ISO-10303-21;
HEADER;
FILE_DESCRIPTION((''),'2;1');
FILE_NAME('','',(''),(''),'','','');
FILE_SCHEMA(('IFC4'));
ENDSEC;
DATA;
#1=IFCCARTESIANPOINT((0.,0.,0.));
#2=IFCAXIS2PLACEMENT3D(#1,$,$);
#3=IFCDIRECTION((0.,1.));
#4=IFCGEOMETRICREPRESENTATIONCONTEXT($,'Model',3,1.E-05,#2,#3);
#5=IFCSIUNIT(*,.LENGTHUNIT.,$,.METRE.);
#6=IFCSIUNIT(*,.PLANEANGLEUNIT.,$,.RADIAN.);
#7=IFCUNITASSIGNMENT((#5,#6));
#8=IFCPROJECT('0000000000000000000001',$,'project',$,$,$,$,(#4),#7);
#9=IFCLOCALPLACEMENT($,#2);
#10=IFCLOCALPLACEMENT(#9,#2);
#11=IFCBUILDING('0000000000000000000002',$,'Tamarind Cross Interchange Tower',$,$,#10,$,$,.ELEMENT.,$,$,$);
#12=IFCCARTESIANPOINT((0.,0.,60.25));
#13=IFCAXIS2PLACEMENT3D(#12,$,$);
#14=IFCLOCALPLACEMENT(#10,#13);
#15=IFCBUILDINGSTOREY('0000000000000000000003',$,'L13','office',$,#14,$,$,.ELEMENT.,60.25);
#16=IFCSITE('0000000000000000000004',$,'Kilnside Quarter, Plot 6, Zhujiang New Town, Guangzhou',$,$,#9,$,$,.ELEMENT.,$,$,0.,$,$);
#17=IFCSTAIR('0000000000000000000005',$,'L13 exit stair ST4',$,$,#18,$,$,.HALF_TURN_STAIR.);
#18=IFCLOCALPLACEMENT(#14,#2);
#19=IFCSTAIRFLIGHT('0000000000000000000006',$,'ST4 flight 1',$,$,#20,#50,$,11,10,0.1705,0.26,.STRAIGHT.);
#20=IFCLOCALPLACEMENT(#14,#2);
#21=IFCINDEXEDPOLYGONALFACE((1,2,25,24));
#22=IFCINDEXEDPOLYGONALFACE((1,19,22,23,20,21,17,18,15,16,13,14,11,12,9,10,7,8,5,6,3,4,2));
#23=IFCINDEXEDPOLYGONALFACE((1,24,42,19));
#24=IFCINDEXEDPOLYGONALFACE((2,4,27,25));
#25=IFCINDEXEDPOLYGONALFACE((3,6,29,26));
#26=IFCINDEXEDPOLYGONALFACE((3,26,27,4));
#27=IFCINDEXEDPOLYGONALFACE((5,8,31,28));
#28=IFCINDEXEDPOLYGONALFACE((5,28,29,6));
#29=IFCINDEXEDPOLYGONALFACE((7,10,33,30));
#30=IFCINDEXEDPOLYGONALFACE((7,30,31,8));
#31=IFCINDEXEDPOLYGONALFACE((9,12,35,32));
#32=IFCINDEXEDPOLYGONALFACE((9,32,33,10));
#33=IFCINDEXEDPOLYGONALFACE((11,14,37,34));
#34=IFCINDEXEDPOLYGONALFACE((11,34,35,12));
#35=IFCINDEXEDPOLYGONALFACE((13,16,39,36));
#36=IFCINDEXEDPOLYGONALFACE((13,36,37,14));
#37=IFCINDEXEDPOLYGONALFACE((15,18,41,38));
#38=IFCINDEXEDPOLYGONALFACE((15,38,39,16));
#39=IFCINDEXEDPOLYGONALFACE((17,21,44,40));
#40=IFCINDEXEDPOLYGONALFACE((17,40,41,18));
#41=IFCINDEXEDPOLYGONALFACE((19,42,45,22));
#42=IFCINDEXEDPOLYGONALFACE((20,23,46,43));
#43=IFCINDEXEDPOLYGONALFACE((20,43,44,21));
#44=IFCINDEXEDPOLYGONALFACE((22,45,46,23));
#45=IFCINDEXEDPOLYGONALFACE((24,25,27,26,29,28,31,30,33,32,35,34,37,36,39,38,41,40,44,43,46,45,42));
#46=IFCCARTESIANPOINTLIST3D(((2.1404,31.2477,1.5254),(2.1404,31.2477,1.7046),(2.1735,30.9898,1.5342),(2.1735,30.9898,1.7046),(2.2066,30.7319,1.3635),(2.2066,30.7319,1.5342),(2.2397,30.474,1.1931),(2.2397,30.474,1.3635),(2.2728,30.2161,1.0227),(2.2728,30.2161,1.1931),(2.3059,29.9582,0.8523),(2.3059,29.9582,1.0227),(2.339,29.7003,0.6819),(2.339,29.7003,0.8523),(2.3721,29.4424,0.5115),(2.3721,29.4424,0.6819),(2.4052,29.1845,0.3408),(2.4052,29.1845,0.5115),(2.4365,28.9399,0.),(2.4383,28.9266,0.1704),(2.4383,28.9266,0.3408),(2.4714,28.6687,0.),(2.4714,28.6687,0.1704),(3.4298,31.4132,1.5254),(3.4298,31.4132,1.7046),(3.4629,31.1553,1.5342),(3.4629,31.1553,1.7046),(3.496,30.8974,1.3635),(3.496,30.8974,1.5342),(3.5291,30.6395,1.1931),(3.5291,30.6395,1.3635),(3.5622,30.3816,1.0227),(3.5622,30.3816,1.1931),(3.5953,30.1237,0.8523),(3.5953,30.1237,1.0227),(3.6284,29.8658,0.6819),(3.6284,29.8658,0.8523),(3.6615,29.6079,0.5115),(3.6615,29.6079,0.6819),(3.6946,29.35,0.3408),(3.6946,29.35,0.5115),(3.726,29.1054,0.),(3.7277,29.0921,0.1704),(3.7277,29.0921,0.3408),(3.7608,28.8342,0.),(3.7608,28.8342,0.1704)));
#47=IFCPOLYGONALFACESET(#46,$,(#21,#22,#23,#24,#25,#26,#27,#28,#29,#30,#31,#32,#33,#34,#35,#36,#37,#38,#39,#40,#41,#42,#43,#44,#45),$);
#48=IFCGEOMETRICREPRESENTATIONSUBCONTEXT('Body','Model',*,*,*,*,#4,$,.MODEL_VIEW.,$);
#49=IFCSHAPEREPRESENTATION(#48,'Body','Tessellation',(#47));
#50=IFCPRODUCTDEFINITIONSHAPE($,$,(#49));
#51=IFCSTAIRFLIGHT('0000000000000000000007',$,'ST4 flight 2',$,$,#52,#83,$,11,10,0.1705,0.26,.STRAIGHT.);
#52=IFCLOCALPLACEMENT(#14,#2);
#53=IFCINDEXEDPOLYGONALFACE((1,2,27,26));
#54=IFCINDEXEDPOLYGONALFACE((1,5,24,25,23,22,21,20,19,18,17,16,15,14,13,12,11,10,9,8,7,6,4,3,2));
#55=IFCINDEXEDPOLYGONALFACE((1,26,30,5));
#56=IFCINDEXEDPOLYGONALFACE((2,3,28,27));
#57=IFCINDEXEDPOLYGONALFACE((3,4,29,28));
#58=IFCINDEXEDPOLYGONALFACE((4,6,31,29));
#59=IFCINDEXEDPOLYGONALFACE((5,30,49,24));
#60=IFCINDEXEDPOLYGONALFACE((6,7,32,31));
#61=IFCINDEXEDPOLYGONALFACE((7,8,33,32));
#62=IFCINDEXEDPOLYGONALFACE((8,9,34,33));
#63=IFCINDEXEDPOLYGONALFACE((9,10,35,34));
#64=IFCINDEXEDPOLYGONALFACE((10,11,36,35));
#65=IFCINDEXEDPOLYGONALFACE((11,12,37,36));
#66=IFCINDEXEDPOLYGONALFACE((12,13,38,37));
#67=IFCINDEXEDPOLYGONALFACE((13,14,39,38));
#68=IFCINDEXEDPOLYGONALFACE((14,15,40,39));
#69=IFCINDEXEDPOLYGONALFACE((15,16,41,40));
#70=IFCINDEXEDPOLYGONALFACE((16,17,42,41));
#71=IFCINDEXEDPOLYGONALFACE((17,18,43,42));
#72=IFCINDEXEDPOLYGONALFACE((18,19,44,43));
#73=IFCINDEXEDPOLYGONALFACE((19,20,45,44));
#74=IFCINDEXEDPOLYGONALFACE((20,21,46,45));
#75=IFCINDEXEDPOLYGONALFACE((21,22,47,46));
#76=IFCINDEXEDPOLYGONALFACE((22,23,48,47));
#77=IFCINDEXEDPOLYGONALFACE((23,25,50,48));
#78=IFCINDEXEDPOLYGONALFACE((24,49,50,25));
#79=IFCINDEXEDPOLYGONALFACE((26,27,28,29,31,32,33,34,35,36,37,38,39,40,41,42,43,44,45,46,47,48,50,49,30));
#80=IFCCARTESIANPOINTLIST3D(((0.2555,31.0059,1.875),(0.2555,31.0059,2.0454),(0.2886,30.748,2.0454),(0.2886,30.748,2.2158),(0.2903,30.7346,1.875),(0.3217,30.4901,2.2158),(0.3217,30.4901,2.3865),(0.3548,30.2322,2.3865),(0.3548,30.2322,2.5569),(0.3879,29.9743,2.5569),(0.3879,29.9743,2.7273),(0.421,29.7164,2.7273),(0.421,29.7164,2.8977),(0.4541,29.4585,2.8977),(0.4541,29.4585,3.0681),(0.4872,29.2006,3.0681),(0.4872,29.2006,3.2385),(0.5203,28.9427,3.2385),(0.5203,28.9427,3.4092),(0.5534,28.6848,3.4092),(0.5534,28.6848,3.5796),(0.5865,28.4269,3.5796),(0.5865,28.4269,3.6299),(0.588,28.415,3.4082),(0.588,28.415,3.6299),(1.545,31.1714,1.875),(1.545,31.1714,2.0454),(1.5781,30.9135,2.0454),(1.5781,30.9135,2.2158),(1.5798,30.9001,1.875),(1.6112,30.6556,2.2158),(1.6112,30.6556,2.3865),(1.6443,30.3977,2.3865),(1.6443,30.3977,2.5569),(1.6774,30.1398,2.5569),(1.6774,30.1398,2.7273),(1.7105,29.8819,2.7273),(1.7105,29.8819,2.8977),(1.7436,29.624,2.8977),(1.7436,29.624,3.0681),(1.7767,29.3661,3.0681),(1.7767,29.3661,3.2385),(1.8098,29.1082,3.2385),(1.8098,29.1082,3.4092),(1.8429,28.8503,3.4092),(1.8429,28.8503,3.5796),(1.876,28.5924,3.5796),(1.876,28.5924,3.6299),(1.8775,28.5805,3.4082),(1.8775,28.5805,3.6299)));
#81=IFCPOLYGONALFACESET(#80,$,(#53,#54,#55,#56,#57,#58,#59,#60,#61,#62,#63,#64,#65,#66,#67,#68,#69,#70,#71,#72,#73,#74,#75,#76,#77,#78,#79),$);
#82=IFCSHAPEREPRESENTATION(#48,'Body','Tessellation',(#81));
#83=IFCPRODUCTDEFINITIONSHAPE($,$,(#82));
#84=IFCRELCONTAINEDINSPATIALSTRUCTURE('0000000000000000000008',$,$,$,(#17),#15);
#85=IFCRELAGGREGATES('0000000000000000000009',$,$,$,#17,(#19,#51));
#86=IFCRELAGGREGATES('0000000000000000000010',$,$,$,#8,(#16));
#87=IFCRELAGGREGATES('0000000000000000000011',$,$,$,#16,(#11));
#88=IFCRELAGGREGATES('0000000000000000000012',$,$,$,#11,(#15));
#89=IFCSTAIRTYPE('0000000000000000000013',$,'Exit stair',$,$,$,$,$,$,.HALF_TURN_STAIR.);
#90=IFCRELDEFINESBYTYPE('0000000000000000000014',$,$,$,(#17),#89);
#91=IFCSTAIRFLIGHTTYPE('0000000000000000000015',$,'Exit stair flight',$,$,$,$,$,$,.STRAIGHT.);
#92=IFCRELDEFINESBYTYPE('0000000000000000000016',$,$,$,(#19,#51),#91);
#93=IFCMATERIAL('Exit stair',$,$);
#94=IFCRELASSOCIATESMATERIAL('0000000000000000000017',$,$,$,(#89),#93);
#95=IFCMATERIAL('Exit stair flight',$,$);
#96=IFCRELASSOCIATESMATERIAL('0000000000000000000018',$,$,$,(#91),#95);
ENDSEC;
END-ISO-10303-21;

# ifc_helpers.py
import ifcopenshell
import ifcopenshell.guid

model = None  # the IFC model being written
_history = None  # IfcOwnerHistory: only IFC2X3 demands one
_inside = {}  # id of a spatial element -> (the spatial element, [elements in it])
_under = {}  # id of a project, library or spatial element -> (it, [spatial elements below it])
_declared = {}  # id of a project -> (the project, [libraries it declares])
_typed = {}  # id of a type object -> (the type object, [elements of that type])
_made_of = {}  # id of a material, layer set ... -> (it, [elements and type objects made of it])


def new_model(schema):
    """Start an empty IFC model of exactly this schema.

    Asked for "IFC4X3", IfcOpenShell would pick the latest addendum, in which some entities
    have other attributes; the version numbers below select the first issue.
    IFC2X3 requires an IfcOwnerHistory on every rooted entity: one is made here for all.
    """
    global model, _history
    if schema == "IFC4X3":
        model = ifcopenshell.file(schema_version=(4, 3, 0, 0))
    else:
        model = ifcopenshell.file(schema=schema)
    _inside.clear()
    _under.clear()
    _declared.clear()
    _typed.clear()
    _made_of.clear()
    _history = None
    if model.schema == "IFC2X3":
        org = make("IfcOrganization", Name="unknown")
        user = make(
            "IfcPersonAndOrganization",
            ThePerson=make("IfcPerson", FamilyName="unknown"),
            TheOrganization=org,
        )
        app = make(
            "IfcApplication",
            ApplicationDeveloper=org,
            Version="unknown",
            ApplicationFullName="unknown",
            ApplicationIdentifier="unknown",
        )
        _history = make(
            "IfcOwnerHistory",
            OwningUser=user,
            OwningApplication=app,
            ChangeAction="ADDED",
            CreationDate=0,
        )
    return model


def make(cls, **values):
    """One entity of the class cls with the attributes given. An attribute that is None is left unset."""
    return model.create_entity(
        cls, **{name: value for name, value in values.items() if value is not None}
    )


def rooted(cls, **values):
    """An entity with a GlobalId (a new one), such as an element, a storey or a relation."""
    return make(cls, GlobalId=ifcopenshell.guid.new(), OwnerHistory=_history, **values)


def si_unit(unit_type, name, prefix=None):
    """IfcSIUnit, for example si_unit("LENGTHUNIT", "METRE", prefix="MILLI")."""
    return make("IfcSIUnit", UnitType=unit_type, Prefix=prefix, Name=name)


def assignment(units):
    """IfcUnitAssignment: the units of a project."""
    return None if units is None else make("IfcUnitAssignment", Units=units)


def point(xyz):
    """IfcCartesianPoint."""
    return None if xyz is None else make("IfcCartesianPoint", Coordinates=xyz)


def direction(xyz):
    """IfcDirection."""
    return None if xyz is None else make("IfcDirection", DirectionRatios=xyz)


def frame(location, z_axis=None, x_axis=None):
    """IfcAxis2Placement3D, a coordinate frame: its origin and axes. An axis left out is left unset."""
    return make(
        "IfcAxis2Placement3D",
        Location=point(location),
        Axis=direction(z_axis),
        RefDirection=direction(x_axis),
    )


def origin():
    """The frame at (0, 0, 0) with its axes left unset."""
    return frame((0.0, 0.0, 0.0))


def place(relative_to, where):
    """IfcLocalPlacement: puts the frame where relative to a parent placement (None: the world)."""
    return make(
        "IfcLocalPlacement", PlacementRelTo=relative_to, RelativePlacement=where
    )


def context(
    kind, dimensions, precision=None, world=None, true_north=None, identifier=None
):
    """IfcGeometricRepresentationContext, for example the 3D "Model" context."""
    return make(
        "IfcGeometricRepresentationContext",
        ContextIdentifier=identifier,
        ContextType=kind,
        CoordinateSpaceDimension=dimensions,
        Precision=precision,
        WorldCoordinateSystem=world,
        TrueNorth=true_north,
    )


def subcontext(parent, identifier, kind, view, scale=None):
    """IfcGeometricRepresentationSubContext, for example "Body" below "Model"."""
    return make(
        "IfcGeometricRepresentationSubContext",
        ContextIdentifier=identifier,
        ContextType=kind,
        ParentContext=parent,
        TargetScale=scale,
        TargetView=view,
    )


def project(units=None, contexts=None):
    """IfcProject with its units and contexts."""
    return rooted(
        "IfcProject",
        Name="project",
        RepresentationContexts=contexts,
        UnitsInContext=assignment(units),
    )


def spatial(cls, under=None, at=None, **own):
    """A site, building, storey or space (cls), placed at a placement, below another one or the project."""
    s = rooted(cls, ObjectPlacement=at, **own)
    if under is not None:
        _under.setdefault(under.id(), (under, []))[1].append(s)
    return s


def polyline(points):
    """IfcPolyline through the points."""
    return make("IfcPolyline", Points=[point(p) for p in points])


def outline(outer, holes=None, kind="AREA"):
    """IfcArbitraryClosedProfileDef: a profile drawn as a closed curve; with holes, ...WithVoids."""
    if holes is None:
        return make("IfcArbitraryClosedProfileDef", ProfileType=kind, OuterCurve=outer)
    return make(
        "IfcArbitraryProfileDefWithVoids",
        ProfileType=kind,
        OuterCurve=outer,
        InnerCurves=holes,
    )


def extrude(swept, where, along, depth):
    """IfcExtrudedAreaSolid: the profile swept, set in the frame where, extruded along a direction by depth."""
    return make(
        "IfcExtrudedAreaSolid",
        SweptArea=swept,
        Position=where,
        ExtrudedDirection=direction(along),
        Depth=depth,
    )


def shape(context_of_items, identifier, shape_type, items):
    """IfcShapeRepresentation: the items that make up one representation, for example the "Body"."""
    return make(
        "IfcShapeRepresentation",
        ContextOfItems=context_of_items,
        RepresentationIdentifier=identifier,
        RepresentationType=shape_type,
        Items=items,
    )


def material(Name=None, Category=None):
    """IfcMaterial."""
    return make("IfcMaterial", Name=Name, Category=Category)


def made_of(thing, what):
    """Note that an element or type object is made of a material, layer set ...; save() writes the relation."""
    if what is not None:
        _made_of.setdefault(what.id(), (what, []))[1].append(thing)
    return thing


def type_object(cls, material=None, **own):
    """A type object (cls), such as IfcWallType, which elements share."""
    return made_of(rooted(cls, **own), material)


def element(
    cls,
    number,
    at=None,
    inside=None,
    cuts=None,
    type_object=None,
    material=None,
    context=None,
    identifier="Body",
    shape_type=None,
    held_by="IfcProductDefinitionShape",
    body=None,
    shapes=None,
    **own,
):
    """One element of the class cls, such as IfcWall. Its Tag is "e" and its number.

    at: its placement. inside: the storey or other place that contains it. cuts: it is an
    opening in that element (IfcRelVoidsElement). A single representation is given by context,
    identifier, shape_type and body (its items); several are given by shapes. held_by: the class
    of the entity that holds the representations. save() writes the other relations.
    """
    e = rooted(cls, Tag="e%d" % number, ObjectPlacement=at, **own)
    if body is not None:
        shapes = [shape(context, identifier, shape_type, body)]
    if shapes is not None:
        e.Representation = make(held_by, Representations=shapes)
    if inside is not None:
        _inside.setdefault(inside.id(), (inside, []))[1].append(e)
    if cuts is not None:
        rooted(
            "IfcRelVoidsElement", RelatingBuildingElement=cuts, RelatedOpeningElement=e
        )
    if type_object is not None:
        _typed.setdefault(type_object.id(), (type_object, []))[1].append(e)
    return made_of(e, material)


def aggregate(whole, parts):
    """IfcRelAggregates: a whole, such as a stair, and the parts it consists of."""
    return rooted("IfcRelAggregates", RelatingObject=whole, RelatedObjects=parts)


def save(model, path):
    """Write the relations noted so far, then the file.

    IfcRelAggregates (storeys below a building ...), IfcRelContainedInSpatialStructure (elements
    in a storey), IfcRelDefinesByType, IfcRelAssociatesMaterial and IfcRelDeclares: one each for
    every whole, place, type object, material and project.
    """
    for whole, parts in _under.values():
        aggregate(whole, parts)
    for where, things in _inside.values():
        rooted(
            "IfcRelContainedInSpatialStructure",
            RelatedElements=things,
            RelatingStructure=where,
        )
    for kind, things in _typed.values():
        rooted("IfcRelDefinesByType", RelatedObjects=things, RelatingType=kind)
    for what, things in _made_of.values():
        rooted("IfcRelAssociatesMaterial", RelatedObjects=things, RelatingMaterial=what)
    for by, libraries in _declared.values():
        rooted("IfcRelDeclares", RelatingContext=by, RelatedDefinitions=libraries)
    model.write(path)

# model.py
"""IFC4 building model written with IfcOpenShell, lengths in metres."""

from ifc_helpers import new_model, si_unit, direction, frame, origin, place, context, subcontext, project, spatial, polyline, outline, extrude, material, type_object, element, aggregate, save


model = new_model("IFC4")

# Units and contexts
model_context = context("Model", 3, precision=1e-05, world=origin(), true_north=direction((0.0, 1.0)))
body_context = subcontext(model_context, "Body", "Model", "MODEL_VIEW")
ifc_project = project(units=[si_unit("LENGTHUNIT", "METRE"), si_unit("PLANEANGLEUNIT", "RADIAN")], contexts=[model_context])

# Site, building, storey
site_placement = place(None, origin())
site = spatial("IfcSite", under=ifc_project, at=site_placement, Name="Kilnside Quarter, Plot 6, Zhujiang New Town, Guangzhou", CompositionType="ELEMENT", RefElevation=0.0)
building_placement = place(site_placement, origin())
building = spatial("IfcBuilding", under=site, at=building_placement, Name="Tamarind Cross Interchange Tower", CompositionType="ELEMENT")
storey_placement = place(building_placement, frame((0.0, 0.0, 60.25)))
storey = spatial("IfcBuildingStorey", under=building, at=storey_placement, Name="L13", Description="office", CompositionType="ELEMENT", Elevation=60.25)

# Stair, stair flights
ifc_material_1 = material(Name="Exit stair")
stair_type = type_object("IfcStairType", Name="Exit stair", PredefinedType="HALF_TURN_STAIR", material=ifc_material_1)
stair_placement = place(storey_placement, origin())
stair = element("IfcStair", 1, at=stair_placement, inside=storey, type_object=stair_type, Name="L13 exit stair ST4", PredefinedType="HALF_TURN_STAIR")
ifc_material_2 = material(Name="Exit stair flight")
stair_flight_type = type_object("IfcStairFlightType", Name="Exit stair flight", PredefinedType="STRAIGHT", material=ifc_material_2)
stair_flight_1_placement = place(storey_placement, frame((3.116, 28.7515, 0.0), z_axis=(0.0, 0.0, 1.0), x_axis=(-0.1273, 0.991864, 0.0)))
stair_flight_1 = element("IfcStairFlight", 2, at=stair_flight_1_placement, type_object=stair_flight_type, Name="ST4 flight 1", NumberOfRisers=11, NumberOfTreads=10, PredefinedType="STRAIGHT", RiserHeight=0.1705, TreadLength=0.26, context=body_context, shape_type="SweptSolid", body=[
    extrude(outline(polyline([(0.0, 0.0), (0.0, 0.1704), (0.26, 0.1704), (0.26, 0.3408), (0.52, 0.3408), (0.52, 0.5115), (0.78, 0.5115), (0.78, 0.6819), (1.04, 0.6819), (1.04, 0.8523), (1.3, 0.8523), (1.3, 1.0227), (1.5601, 1.0227), (1.5601, 1.1931), (1.8201, 1.1931), (1.8201, 1.3635), (2.0801, 1.3635), (2.0801, 1.5342), (2.3401, 1.5342), (2.3401, 1.7046), (2.6001, 1.7046), (2.6001, 1.875), (2.6001, 1.5254), (0.2734, 0.0), (0.0, 0.0)])), frame((0.0, 0.6499, 0.0), z_axis=(0.0, -1.0, 0.0), x_axis=(1.0, 0.0, 0.0)), (0.0, 0.0, 1.0), 1.3),
])
stair_flight_2_placement = place(storey_placement, frame((0.9004, 31.0886, 1.875), z_axis=(0.0, 0.0, 1.0), x_axis=(0.1273, -0.991864, 0.0)))
stair_flight_2 = element("IfcStairFlight", 3, at=stair_flight_2_placement, type_object=stair_flight_type, Name="ST4 flight 2", NumberOfRisers=11, NumberOfTreads=10, PredefinedType="STRAIGHT", RiserHeight=0.1705, TreadLength=0.26, context=body_context, shape_type="SweptSolid", body=[
    extrude(outline(polyline([(0.0, 0.0), (0.0, 0.1704), (0.26, 0.1704), (0.26, 0.3408), (0.52, 0.3408), (0.52, 0.5115), (0.78, 0.5115), (0.78, 0.6819), (1.04, 0.6819), (1.04, 0.8523), (1.3, 0.8523), (1.3, 1.0227), (1.5601, 1.0227), (1.5601, 1.1931), (1.8201, 1.1931), (1.8201, 1.3635), (2.0801, 1.3635), (2.0801, 1.5342), (2.3401, 1.5342), (2.3401, 1.7046), (2.6001, 1.7046), (2.6001, 1.7549), (2.6121, 1.7549), (2.6121, 1.5332), (0.2734, 0.0), (0.0, 0.0)])), frame((0.0, 0.6499, 0.0), z_axis=(0.0, -1.0, 0.0), x_axis=(1.0, 0.0, 0.0)), (0.0, 0.0, 1.0), 1.3),
])
aggregate(stair, [stair_flight_1, stair_flight_2])

save(model, "model.ifc")
